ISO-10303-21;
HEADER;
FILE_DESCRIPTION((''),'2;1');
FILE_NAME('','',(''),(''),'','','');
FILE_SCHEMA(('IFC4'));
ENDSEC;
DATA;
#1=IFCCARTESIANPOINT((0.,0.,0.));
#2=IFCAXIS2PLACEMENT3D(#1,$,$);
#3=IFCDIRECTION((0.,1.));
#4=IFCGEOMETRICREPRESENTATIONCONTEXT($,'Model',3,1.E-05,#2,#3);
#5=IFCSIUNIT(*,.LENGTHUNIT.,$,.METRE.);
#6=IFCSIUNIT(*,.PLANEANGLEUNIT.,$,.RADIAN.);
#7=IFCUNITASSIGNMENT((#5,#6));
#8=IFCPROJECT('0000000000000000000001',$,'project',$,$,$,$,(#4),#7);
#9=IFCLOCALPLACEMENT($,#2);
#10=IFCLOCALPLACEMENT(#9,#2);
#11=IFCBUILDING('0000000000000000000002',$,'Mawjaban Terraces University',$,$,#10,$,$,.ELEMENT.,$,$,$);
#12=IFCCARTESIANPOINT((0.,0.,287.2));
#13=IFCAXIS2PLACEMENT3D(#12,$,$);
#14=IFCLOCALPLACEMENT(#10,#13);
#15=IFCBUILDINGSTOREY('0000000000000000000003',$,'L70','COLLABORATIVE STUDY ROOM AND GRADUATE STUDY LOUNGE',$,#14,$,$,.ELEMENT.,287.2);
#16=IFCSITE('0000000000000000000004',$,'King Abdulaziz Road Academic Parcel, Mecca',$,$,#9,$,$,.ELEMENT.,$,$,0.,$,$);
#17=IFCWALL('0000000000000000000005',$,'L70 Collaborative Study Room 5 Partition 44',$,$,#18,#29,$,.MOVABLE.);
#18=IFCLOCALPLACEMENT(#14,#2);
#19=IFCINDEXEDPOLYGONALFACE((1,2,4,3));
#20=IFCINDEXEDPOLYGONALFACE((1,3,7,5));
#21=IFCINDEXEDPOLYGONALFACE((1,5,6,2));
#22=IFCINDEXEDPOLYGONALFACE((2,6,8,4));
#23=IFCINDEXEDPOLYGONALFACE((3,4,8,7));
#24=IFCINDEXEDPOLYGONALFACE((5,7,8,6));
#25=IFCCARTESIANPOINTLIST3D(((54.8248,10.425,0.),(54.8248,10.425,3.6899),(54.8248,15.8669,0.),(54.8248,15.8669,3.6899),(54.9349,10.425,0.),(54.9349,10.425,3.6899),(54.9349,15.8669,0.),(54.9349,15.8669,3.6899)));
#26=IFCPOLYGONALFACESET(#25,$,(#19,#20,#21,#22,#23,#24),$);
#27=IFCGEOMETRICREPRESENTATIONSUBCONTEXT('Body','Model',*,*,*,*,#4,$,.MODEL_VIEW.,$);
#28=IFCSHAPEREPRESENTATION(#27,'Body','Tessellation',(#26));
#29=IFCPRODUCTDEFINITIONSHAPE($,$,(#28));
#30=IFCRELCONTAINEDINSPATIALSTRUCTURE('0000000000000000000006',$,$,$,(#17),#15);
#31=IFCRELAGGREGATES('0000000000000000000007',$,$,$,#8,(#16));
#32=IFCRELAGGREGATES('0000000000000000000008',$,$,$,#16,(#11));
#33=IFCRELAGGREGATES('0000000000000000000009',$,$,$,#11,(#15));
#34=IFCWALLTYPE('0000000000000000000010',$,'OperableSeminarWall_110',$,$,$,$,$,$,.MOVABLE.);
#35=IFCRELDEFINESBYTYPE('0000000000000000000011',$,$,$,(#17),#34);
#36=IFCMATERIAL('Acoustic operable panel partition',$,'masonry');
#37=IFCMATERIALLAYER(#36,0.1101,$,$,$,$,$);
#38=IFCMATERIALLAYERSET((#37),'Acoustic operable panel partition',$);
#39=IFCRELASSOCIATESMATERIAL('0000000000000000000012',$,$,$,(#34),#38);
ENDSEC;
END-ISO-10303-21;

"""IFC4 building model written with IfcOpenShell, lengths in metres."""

from ifc_helpers import new_model, si_unit, direction, frame, frame_2d, origin, place, context, subcontext, project, spatial, rectangle, extrude, material, layer, layer_set, type_object, element, save


model = new_model("IFC4")

# Units and contexts
model_context = context("Model", 3, precision=1e-05, world=origin(), true_north=direction((0.0, 1.0)))
body_context = subcontext(model_context, "Body", "Model", "MODEL_VIEW")
ifc_project = project(units=[si_unit("LENGTHUNIT", "METRE"), si_unit("PLANEANGLEUNIT", "RADIAN")], contexts=[model_context])

# Site, building, storey
site_placement = place(None, origin())
site = spatial("IfcSite", under=ifc_project, at=site_placement, Name="King Abdulaziz Road Academic Parcel, Mecca", CompositionType="ELEMENT", RefElevation=0.0)
building_placement = place(site_placement, origin())
building = spatial("IfcBuilding", under=site, at=building_placement, Name="Mawjaban Terraces University", CompositionType="ELEMENT")
storey_placement = place(building_placement, frame((0.0, 0.0, 287.2)))
storey = spatial("IfcBuildingStorey", under=building, at=storey_placement, Name="L70", Description="COLLABORATIVE STUDY ROOM AND GRADUATE STUDY LOUNGE", CompositionType="ELEMENT", Elevation=287.2)

# Wall
ifc_material_1 = material(Name="Acoustic operable panel partition", Category="masonry")
ifc_layer_1 = layer(ifc_material_1, 0.1101)
ifc_layer_set_1 = layer_set([ifc_layer_1], Name="Acoustic operable panel partition")
wall_type_1 = type_object("IfcWallType", Name="OperableSeminarWall_110", PredefinedType="MOVABLE", material=ifc_layer_set_1)
wall_1_placement = place(storey_placement, frame((54.8799, 10.425, 0.0), z_axis=(0.0, 0.0, 1.0), x_axis=(0.0, 1.0, 0.0)))
element("IfcWall", 1, at=wall_1_placement, inside=storey, type_object=wall_type_1, Name="L70 Collaborative Study Room 5 Partition 44", PredefinedType="MOVABLE", context=body_context, shape_type="SweptSolid", body=[
    extrude(rectangle(XDim=5.4419, YDim=0.1101, at=frame_2d((2.7209, 0.0))), origin(), (0.0, 0.0, 1.0), 3.6899),
])

save(model, "model.ifc")
